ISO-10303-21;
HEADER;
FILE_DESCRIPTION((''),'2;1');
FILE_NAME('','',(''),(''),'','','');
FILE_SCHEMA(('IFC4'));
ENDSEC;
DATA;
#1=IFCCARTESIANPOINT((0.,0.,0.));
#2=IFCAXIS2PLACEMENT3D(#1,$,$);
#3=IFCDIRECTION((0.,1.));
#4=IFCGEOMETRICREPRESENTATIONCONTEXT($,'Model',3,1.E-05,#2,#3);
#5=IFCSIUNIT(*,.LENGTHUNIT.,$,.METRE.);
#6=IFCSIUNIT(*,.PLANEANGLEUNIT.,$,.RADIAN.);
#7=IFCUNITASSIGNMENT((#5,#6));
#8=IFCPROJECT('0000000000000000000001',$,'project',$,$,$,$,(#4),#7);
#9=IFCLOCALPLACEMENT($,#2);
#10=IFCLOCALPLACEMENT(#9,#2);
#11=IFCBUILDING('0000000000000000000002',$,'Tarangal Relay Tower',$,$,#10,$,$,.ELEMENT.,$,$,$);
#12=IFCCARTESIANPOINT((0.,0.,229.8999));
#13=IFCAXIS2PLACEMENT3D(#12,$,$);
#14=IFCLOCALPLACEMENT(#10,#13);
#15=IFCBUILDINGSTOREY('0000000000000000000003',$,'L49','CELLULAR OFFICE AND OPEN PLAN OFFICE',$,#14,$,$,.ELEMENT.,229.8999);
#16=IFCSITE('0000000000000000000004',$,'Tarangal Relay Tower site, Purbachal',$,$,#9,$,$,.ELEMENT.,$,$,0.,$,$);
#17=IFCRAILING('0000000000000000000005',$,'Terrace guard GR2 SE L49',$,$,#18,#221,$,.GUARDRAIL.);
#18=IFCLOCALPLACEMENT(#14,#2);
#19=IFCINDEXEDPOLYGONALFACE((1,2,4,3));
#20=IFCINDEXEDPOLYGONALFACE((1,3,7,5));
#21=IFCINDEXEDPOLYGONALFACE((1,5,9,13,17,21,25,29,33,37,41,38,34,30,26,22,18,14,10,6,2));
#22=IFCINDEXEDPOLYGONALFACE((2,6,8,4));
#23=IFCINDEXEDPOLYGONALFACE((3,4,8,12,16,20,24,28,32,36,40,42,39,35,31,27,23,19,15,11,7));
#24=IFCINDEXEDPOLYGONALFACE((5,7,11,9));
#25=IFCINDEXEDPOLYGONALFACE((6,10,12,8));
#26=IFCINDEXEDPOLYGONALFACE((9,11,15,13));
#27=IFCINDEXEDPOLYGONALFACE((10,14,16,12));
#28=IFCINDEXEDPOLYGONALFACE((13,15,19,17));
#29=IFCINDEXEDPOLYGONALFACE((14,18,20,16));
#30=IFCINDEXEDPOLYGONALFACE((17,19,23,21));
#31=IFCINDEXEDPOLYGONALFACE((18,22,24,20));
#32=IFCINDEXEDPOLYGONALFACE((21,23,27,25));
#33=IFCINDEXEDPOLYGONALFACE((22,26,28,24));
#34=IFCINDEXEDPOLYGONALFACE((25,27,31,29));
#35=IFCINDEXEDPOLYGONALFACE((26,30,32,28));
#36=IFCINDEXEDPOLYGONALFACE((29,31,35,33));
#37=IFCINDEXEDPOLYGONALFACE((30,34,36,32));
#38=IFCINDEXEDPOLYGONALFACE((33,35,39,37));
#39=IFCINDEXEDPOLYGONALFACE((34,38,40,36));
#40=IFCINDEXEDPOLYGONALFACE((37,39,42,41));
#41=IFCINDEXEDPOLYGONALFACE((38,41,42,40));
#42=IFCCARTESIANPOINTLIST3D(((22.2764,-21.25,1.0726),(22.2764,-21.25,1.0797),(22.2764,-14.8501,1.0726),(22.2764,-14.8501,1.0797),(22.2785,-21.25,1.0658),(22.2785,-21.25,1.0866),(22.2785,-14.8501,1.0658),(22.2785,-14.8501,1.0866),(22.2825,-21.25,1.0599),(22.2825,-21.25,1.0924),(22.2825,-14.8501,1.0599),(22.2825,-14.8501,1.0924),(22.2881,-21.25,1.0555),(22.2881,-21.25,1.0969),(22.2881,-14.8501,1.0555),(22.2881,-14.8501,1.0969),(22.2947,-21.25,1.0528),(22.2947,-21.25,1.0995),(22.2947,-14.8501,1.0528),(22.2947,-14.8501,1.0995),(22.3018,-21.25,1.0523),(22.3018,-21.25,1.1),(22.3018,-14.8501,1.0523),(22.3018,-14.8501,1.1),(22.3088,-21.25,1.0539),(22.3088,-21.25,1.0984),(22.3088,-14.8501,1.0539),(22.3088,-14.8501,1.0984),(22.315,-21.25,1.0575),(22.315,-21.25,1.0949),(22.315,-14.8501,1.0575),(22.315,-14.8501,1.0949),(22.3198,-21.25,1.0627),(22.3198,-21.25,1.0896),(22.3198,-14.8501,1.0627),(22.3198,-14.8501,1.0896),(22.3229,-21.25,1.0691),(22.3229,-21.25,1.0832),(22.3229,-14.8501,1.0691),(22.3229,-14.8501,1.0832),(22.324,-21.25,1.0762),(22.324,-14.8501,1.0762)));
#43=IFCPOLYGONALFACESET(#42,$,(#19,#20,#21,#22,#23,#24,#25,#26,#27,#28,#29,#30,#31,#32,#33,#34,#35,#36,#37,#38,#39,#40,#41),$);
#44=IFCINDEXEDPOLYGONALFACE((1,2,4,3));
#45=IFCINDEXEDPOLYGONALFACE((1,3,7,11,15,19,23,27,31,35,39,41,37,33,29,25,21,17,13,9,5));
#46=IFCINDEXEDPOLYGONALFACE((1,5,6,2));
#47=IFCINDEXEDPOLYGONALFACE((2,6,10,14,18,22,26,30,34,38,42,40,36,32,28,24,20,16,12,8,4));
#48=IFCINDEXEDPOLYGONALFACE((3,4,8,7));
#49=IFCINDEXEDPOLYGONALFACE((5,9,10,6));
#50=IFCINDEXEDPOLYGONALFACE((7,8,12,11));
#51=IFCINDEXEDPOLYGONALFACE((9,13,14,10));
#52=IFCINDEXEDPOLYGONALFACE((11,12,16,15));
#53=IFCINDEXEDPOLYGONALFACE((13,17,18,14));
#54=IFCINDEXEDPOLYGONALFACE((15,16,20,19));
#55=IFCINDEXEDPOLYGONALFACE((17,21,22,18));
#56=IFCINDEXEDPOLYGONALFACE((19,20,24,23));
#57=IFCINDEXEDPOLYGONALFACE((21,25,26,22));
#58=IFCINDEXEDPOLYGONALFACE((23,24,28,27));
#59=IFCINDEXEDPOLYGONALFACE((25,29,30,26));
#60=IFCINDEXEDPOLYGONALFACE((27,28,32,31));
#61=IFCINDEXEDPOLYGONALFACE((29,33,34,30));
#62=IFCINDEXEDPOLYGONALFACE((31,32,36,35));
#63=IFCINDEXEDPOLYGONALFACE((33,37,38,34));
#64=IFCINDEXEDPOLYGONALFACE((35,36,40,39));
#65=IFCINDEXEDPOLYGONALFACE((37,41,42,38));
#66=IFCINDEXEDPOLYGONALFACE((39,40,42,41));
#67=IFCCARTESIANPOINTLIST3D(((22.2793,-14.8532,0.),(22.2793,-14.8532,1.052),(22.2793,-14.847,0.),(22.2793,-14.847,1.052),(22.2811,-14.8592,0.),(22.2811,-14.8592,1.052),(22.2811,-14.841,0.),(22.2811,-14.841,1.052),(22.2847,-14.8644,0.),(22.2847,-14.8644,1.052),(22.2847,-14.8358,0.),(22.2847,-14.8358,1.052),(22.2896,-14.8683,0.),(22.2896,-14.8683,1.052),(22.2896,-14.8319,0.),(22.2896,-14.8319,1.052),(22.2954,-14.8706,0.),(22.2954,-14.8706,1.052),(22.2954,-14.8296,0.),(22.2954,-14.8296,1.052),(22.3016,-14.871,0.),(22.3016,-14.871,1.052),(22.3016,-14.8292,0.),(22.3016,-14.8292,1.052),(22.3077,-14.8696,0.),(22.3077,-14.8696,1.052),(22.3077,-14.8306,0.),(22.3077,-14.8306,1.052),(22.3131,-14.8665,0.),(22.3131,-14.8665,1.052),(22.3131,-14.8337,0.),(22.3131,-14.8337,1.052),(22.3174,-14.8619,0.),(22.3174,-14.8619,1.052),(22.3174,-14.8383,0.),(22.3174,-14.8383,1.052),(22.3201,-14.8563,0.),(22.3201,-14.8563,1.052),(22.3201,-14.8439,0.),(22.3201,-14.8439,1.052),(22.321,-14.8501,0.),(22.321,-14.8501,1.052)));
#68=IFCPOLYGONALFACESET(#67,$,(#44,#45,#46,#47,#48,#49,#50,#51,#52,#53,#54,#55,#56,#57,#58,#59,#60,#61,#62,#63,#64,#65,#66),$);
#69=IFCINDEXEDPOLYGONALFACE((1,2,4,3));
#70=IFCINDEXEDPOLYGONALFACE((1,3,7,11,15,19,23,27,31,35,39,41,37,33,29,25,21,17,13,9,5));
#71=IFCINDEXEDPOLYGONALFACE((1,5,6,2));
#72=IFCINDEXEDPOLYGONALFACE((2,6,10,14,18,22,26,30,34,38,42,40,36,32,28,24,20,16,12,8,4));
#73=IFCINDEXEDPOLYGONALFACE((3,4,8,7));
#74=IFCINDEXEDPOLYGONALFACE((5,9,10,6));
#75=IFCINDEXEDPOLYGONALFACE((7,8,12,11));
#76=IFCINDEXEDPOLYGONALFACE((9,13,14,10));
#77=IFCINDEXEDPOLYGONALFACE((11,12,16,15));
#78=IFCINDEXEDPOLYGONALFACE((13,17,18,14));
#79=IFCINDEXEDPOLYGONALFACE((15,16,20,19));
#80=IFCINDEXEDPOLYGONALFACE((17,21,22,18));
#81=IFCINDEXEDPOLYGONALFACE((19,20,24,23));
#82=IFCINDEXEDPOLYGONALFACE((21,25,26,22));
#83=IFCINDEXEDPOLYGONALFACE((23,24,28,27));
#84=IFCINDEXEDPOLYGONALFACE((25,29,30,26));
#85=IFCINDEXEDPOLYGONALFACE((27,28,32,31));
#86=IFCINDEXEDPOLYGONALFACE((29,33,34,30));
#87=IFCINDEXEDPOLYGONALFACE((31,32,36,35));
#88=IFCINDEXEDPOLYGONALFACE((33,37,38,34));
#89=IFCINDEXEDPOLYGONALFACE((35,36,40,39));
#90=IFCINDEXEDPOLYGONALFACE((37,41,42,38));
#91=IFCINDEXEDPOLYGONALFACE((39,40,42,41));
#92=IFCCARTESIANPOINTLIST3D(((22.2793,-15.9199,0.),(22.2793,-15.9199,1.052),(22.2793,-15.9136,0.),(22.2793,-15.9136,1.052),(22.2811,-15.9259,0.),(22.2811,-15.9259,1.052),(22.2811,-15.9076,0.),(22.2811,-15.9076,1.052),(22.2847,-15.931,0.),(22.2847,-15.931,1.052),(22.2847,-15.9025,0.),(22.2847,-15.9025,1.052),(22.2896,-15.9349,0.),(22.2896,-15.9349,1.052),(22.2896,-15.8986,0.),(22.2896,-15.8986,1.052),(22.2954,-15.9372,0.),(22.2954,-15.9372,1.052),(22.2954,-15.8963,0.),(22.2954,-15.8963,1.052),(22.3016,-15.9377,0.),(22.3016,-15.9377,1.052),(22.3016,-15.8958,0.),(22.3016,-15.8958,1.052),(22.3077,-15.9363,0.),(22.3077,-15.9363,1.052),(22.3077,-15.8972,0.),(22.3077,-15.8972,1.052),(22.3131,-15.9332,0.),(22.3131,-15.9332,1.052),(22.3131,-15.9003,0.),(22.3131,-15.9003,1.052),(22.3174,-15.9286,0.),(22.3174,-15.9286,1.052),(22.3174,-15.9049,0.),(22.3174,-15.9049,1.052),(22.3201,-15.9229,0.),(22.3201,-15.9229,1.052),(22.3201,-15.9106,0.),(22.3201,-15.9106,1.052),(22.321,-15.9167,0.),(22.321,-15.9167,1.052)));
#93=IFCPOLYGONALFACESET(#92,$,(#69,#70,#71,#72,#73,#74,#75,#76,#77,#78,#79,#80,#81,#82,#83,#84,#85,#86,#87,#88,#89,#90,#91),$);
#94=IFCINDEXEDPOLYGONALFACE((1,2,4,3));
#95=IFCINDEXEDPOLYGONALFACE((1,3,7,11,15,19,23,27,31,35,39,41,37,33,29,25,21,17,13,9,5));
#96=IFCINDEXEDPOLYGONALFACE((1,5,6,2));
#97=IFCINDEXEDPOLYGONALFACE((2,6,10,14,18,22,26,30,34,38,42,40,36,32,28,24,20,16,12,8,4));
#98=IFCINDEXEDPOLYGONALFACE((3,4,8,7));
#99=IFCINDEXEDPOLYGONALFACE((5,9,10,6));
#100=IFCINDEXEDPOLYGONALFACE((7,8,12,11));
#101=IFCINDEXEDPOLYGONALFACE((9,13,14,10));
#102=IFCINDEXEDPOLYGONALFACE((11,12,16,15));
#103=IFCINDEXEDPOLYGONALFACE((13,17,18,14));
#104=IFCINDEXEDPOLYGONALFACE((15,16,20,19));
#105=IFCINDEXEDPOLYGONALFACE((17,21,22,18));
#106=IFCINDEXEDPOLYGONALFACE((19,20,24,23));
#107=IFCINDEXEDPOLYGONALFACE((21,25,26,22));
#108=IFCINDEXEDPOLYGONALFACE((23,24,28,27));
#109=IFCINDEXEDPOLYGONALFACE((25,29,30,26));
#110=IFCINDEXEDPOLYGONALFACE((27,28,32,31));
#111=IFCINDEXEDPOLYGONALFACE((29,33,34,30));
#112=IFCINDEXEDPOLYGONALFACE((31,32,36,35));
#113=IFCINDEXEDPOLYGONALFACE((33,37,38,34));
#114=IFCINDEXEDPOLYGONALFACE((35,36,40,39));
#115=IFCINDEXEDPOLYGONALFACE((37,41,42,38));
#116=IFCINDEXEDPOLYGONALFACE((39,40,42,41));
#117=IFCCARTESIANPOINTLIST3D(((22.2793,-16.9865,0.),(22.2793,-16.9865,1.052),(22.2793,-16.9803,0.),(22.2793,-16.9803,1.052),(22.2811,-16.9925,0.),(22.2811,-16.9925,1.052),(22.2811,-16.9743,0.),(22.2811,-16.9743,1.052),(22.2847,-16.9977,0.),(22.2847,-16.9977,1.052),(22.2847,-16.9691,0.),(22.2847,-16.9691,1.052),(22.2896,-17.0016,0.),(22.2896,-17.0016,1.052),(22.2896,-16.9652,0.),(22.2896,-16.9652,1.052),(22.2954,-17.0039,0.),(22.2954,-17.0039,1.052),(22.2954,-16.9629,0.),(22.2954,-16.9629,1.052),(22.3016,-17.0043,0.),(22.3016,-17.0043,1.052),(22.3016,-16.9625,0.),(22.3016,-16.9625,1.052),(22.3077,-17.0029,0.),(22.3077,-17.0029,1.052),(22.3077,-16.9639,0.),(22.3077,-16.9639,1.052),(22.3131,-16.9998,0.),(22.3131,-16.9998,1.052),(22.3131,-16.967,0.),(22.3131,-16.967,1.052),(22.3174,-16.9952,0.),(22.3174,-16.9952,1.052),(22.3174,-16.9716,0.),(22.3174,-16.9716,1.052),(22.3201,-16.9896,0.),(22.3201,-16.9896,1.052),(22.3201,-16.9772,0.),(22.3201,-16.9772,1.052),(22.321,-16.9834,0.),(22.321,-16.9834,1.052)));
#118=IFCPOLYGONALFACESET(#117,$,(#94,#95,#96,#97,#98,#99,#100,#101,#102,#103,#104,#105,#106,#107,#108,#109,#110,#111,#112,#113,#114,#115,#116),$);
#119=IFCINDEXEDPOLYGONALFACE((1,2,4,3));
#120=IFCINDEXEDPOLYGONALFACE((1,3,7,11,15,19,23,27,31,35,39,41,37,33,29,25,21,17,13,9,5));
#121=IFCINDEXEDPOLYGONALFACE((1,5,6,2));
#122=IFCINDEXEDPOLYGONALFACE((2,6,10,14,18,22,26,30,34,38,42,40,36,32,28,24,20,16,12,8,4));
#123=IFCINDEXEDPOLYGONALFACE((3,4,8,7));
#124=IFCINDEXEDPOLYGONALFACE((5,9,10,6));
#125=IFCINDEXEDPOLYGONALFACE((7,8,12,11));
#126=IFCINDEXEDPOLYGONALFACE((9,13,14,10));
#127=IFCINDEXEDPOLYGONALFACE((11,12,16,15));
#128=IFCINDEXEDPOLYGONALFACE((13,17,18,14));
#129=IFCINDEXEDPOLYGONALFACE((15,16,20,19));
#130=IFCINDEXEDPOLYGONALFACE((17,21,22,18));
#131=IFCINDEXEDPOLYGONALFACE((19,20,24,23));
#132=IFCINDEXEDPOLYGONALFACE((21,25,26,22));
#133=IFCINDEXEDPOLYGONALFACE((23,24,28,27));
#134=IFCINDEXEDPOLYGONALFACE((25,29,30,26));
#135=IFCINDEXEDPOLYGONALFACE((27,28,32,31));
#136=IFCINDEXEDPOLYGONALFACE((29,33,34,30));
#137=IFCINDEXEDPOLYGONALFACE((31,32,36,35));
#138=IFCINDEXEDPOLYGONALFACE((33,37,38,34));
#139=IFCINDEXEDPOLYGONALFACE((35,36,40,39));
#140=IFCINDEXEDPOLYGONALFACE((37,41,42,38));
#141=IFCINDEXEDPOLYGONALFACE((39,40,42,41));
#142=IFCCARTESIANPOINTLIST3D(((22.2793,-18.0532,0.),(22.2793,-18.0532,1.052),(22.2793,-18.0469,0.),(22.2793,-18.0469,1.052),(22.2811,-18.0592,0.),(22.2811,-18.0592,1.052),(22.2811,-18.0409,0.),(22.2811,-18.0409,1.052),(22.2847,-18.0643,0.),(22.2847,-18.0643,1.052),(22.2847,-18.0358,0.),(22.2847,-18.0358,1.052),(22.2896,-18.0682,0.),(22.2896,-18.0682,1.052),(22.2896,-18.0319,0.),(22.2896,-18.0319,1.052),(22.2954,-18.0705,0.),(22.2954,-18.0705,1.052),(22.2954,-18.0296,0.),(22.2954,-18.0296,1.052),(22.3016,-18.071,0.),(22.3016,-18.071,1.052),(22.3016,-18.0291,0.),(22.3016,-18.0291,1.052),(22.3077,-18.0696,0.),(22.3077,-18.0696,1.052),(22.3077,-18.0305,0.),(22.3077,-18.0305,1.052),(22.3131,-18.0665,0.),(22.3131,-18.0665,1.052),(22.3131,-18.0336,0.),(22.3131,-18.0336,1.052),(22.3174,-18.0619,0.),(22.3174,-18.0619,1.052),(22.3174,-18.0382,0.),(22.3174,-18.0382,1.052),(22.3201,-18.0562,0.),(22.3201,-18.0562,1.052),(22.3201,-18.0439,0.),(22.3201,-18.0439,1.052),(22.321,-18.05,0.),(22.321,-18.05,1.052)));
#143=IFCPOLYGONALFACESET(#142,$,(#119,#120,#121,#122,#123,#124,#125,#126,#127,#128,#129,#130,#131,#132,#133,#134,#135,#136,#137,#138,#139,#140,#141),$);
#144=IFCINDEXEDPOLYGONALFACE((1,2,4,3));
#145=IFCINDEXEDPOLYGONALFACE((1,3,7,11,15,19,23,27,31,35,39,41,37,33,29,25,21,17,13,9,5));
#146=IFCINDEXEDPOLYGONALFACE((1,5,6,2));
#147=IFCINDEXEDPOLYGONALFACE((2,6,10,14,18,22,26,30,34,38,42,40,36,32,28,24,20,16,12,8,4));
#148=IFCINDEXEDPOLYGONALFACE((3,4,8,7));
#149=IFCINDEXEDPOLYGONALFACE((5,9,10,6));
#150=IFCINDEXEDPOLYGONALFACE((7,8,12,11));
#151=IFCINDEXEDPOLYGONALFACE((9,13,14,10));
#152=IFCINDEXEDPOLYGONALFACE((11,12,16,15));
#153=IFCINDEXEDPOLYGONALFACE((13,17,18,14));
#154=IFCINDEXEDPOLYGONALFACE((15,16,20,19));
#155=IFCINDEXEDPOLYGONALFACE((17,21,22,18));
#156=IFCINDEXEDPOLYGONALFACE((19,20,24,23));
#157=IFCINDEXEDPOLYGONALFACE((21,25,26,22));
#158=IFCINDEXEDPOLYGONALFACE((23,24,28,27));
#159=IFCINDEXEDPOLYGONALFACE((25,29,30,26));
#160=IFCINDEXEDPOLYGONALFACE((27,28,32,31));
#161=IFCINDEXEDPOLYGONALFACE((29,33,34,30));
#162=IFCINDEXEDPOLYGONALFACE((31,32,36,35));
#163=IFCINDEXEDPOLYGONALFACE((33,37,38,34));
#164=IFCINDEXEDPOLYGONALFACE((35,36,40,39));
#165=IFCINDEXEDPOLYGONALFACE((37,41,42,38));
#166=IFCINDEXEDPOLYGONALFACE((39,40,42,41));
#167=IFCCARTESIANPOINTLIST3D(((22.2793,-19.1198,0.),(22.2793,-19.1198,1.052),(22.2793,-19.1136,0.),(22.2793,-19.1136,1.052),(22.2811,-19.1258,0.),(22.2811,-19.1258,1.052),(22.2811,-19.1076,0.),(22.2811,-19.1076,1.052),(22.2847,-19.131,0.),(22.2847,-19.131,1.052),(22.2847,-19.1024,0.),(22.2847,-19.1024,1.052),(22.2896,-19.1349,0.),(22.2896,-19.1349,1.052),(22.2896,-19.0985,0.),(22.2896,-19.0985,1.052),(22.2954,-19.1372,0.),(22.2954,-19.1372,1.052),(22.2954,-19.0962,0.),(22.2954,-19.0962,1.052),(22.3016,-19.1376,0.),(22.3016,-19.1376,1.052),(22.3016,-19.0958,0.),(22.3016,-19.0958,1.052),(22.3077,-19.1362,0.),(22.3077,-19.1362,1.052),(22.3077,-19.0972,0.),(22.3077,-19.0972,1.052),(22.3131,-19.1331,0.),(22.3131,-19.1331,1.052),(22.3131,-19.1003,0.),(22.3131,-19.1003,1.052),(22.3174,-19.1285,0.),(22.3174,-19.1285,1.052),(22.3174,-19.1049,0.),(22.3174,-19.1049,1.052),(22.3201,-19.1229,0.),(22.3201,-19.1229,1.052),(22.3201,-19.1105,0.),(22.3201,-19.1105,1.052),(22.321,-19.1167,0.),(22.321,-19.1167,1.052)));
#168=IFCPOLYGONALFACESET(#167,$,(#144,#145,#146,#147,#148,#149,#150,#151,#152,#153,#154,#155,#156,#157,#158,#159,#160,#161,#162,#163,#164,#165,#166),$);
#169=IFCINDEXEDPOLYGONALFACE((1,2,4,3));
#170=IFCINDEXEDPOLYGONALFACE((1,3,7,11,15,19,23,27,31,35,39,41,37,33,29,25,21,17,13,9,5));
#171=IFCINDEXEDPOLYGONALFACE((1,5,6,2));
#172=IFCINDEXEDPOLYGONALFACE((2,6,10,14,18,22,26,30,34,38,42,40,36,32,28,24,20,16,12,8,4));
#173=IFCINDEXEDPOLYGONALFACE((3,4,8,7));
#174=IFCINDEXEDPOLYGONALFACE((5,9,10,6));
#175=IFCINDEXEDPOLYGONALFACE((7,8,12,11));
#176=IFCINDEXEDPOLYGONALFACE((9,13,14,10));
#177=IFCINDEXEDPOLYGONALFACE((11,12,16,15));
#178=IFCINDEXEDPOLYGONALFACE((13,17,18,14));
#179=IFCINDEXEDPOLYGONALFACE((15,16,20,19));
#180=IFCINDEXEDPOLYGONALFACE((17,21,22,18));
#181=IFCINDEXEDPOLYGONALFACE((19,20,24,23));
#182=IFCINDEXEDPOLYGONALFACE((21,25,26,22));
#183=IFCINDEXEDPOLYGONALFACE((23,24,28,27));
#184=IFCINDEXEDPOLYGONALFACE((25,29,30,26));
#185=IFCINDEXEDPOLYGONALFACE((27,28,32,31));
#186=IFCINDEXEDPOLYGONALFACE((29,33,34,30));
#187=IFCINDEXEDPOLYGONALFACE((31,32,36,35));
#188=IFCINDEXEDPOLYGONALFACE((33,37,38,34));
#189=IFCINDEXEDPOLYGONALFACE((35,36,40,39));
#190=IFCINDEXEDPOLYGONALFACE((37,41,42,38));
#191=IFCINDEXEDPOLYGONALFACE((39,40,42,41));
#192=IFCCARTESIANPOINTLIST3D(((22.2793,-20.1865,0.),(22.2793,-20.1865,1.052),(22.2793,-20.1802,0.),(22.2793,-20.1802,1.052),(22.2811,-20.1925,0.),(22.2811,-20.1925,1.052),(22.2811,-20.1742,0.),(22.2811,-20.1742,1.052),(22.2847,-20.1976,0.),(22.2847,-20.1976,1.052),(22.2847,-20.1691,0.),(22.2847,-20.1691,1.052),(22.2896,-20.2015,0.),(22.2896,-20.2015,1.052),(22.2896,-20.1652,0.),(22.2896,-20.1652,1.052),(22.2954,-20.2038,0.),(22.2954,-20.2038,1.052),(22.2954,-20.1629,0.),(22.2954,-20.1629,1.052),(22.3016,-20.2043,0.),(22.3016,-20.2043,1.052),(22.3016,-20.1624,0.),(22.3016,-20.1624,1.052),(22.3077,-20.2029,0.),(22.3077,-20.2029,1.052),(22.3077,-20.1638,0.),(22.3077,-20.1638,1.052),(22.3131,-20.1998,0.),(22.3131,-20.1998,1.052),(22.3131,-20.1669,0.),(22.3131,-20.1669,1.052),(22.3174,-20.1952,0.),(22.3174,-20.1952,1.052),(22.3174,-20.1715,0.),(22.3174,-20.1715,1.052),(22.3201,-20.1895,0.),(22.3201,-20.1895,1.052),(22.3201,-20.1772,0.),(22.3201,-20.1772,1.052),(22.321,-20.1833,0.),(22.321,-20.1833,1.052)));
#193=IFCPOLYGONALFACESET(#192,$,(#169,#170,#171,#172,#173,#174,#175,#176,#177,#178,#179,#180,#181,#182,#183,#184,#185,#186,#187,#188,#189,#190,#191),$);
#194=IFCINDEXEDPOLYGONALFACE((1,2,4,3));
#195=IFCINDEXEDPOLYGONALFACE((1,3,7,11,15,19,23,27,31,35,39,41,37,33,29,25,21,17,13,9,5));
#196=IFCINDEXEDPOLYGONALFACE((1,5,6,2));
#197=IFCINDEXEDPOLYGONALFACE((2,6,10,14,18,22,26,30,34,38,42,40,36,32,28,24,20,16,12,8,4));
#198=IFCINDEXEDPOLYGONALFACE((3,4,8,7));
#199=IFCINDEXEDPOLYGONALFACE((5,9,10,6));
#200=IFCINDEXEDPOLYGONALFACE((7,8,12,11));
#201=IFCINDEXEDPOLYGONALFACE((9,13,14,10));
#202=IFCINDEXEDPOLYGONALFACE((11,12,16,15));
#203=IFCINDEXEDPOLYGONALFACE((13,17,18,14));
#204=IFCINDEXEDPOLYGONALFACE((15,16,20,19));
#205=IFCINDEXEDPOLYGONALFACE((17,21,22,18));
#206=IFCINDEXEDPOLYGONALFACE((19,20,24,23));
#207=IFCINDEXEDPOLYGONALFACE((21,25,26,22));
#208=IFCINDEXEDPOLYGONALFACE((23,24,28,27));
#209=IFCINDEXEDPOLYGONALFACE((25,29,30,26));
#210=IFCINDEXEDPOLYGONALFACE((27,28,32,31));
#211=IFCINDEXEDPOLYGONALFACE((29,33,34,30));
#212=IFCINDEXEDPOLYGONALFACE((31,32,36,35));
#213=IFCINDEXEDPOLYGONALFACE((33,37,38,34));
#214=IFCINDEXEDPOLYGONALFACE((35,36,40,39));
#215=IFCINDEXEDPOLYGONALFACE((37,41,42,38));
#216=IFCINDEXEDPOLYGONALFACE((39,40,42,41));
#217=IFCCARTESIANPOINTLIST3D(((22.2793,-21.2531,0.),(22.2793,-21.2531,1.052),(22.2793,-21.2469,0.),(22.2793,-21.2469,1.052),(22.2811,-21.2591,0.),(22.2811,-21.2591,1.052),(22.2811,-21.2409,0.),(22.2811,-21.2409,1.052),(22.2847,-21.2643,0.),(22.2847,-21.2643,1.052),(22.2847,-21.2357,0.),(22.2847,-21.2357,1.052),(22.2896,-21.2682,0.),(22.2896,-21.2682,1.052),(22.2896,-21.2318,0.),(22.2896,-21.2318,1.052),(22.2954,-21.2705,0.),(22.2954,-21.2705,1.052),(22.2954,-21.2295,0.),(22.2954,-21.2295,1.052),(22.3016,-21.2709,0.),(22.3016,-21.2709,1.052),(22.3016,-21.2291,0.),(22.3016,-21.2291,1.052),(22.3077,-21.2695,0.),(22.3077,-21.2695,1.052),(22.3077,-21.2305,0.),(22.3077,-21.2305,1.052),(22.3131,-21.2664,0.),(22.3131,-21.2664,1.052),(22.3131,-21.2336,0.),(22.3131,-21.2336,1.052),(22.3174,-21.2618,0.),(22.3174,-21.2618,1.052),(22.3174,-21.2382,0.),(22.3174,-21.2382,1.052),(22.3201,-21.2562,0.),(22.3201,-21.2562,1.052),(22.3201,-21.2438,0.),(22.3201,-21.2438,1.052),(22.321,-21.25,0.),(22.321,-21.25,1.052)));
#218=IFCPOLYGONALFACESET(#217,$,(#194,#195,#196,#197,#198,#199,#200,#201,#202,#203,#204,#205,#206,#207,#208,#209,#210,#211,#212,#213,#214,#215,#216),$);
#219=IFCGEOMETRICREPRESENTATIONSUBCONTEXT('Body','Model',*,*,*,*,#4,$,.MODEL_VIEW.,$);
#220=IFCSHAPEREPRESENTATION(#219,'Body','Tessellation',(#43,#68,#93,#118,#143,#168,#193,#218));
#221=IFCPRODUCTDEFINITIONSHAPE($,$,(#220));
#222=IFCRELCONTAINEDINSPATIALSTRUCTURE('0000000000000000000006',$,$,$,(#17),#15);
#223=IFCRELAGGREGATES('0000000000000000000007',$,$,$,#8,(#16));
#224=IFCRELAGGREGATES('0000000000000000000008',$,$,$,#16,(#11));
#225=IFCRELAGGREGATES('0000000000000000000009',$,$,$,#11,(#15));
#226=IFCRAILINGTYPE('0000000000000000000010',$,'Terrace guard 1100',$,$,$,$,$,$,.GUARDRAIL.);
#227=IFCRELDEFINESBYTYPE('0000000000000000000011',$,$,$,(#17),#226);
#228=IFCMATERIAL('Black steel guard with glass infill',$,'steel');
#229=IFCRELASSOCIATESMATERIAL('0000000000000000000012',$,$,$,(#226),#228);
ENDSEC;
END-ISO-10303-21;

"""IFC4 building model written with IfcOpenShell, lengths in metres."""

from ifc_helpers import new_model, si_unit, direction, frame, origin, origin_2d, place, context, subcontext, project, spatial, circle, extrude, material, type_object, element, save


model = new_model("IFC4")

# Units and contexts
model_context = context("Model", 3, precision=1e-05, world=origin(), true_north=direction((0.0, 1.0)))
body_context = subcontext(model_context, "Body", "Model", "MODEL_VIEW")
ifc_project = project(units=[si_unit("LENGTHUNIT", "METRE"), si_unit("PLANEANGLEUNIT", "RADIAN")], contexts=[model_context])

# Site, building, storey
site_placement = place(None, origin())
site = spatial("IfcSite", under=ifc_project, at=site_placement, Name="Tarangal Relay Tower site, Purbachal", CompositionType="ELEMENT", RefElevation=0.0)
building_placement = place(site_placement, origin())
building = spatial("IfcBuilding", under=site, at=building_placement, Name="Tarangal Relay Tower", CompositionType="ELEMENT")
storey_placement = place(building_placement, frame((0.0, 0.0, 229.8999)))
storey = spatial("IfcBuildingStorey", under=building, at=storey_placement, Name="L49", Description="CELLULAR OFFICE AND OPEN PLAN OFFICE", CompositionType="ELEMENT", Elevation=229.8999)

# Railing
ifc_material_1 = material(Name="Black steel guard with glass infill", Category="steel")
railing_type = type_object("IfcRailingType", Name="Terrace guard 1100", PredefinedType="GUARDRAIL", material=ifc_material_1)
railing_1_placement = place(storey_placement, frame((22.3, -14.8501, 0.0)))
element("IfcRailing", 1, at=railing_1_placement, inside=storey, type_object=railing_type, Name="Terrace guard GR2 SE L49", PredefinedType="GUARDRAIL", context=body_context, shape_type="SweptSolid", body=[
    extrude(circle(Radius=0.0239, at=origin_2d()), frame((0.0, 0.0, 1.0762), z_axis=(0.0, -1.0, 0.0), x_axis=(1.0, 0.0, 0.0)), (0.0, 0.0, 1.0), 6.3999),
    extrude(circle(Radius=0.021, at=origin_2d()), origin(), (0.0, 0.0, 1.0), 1.052),
    extrude(circle(Radius=0.021, at=origin_2d()), frame((0.0, -1.0667, 0.0)), (0.0, 0.0, 1.0), 1.052),
    extrude(circle(Radius=0.021, at=origin_2d()), frame((0.0, -2.1333, 0.0)), (0.0, 0.0, 1.0), 1.052),
    extrude(circle(Radius=0.021, at=origin_2d()), frame((0.0, -3.2, 0.0)), (0.0, 0.0, 1.0), 1.052),
    extrude(circle(Radius=0.021, at=origin_2d()), frame((0.0, -4.2666, 0.0)), (0.0, 0.0, 1.0), 1.052),
    extrude(circle(Radius=0.021, at=origin_2d()), frame((0.0, -5.3333, 0.0)), (0.0, 0.0, 1.0), 1.052),
    extrude(circle(Radius=0.021, at=origin_2d()), frame((0.0, -6.3999, 0.0)), (0.0, 0.0, 1.0), 1.052),
])

save(model, "model.ifc")
